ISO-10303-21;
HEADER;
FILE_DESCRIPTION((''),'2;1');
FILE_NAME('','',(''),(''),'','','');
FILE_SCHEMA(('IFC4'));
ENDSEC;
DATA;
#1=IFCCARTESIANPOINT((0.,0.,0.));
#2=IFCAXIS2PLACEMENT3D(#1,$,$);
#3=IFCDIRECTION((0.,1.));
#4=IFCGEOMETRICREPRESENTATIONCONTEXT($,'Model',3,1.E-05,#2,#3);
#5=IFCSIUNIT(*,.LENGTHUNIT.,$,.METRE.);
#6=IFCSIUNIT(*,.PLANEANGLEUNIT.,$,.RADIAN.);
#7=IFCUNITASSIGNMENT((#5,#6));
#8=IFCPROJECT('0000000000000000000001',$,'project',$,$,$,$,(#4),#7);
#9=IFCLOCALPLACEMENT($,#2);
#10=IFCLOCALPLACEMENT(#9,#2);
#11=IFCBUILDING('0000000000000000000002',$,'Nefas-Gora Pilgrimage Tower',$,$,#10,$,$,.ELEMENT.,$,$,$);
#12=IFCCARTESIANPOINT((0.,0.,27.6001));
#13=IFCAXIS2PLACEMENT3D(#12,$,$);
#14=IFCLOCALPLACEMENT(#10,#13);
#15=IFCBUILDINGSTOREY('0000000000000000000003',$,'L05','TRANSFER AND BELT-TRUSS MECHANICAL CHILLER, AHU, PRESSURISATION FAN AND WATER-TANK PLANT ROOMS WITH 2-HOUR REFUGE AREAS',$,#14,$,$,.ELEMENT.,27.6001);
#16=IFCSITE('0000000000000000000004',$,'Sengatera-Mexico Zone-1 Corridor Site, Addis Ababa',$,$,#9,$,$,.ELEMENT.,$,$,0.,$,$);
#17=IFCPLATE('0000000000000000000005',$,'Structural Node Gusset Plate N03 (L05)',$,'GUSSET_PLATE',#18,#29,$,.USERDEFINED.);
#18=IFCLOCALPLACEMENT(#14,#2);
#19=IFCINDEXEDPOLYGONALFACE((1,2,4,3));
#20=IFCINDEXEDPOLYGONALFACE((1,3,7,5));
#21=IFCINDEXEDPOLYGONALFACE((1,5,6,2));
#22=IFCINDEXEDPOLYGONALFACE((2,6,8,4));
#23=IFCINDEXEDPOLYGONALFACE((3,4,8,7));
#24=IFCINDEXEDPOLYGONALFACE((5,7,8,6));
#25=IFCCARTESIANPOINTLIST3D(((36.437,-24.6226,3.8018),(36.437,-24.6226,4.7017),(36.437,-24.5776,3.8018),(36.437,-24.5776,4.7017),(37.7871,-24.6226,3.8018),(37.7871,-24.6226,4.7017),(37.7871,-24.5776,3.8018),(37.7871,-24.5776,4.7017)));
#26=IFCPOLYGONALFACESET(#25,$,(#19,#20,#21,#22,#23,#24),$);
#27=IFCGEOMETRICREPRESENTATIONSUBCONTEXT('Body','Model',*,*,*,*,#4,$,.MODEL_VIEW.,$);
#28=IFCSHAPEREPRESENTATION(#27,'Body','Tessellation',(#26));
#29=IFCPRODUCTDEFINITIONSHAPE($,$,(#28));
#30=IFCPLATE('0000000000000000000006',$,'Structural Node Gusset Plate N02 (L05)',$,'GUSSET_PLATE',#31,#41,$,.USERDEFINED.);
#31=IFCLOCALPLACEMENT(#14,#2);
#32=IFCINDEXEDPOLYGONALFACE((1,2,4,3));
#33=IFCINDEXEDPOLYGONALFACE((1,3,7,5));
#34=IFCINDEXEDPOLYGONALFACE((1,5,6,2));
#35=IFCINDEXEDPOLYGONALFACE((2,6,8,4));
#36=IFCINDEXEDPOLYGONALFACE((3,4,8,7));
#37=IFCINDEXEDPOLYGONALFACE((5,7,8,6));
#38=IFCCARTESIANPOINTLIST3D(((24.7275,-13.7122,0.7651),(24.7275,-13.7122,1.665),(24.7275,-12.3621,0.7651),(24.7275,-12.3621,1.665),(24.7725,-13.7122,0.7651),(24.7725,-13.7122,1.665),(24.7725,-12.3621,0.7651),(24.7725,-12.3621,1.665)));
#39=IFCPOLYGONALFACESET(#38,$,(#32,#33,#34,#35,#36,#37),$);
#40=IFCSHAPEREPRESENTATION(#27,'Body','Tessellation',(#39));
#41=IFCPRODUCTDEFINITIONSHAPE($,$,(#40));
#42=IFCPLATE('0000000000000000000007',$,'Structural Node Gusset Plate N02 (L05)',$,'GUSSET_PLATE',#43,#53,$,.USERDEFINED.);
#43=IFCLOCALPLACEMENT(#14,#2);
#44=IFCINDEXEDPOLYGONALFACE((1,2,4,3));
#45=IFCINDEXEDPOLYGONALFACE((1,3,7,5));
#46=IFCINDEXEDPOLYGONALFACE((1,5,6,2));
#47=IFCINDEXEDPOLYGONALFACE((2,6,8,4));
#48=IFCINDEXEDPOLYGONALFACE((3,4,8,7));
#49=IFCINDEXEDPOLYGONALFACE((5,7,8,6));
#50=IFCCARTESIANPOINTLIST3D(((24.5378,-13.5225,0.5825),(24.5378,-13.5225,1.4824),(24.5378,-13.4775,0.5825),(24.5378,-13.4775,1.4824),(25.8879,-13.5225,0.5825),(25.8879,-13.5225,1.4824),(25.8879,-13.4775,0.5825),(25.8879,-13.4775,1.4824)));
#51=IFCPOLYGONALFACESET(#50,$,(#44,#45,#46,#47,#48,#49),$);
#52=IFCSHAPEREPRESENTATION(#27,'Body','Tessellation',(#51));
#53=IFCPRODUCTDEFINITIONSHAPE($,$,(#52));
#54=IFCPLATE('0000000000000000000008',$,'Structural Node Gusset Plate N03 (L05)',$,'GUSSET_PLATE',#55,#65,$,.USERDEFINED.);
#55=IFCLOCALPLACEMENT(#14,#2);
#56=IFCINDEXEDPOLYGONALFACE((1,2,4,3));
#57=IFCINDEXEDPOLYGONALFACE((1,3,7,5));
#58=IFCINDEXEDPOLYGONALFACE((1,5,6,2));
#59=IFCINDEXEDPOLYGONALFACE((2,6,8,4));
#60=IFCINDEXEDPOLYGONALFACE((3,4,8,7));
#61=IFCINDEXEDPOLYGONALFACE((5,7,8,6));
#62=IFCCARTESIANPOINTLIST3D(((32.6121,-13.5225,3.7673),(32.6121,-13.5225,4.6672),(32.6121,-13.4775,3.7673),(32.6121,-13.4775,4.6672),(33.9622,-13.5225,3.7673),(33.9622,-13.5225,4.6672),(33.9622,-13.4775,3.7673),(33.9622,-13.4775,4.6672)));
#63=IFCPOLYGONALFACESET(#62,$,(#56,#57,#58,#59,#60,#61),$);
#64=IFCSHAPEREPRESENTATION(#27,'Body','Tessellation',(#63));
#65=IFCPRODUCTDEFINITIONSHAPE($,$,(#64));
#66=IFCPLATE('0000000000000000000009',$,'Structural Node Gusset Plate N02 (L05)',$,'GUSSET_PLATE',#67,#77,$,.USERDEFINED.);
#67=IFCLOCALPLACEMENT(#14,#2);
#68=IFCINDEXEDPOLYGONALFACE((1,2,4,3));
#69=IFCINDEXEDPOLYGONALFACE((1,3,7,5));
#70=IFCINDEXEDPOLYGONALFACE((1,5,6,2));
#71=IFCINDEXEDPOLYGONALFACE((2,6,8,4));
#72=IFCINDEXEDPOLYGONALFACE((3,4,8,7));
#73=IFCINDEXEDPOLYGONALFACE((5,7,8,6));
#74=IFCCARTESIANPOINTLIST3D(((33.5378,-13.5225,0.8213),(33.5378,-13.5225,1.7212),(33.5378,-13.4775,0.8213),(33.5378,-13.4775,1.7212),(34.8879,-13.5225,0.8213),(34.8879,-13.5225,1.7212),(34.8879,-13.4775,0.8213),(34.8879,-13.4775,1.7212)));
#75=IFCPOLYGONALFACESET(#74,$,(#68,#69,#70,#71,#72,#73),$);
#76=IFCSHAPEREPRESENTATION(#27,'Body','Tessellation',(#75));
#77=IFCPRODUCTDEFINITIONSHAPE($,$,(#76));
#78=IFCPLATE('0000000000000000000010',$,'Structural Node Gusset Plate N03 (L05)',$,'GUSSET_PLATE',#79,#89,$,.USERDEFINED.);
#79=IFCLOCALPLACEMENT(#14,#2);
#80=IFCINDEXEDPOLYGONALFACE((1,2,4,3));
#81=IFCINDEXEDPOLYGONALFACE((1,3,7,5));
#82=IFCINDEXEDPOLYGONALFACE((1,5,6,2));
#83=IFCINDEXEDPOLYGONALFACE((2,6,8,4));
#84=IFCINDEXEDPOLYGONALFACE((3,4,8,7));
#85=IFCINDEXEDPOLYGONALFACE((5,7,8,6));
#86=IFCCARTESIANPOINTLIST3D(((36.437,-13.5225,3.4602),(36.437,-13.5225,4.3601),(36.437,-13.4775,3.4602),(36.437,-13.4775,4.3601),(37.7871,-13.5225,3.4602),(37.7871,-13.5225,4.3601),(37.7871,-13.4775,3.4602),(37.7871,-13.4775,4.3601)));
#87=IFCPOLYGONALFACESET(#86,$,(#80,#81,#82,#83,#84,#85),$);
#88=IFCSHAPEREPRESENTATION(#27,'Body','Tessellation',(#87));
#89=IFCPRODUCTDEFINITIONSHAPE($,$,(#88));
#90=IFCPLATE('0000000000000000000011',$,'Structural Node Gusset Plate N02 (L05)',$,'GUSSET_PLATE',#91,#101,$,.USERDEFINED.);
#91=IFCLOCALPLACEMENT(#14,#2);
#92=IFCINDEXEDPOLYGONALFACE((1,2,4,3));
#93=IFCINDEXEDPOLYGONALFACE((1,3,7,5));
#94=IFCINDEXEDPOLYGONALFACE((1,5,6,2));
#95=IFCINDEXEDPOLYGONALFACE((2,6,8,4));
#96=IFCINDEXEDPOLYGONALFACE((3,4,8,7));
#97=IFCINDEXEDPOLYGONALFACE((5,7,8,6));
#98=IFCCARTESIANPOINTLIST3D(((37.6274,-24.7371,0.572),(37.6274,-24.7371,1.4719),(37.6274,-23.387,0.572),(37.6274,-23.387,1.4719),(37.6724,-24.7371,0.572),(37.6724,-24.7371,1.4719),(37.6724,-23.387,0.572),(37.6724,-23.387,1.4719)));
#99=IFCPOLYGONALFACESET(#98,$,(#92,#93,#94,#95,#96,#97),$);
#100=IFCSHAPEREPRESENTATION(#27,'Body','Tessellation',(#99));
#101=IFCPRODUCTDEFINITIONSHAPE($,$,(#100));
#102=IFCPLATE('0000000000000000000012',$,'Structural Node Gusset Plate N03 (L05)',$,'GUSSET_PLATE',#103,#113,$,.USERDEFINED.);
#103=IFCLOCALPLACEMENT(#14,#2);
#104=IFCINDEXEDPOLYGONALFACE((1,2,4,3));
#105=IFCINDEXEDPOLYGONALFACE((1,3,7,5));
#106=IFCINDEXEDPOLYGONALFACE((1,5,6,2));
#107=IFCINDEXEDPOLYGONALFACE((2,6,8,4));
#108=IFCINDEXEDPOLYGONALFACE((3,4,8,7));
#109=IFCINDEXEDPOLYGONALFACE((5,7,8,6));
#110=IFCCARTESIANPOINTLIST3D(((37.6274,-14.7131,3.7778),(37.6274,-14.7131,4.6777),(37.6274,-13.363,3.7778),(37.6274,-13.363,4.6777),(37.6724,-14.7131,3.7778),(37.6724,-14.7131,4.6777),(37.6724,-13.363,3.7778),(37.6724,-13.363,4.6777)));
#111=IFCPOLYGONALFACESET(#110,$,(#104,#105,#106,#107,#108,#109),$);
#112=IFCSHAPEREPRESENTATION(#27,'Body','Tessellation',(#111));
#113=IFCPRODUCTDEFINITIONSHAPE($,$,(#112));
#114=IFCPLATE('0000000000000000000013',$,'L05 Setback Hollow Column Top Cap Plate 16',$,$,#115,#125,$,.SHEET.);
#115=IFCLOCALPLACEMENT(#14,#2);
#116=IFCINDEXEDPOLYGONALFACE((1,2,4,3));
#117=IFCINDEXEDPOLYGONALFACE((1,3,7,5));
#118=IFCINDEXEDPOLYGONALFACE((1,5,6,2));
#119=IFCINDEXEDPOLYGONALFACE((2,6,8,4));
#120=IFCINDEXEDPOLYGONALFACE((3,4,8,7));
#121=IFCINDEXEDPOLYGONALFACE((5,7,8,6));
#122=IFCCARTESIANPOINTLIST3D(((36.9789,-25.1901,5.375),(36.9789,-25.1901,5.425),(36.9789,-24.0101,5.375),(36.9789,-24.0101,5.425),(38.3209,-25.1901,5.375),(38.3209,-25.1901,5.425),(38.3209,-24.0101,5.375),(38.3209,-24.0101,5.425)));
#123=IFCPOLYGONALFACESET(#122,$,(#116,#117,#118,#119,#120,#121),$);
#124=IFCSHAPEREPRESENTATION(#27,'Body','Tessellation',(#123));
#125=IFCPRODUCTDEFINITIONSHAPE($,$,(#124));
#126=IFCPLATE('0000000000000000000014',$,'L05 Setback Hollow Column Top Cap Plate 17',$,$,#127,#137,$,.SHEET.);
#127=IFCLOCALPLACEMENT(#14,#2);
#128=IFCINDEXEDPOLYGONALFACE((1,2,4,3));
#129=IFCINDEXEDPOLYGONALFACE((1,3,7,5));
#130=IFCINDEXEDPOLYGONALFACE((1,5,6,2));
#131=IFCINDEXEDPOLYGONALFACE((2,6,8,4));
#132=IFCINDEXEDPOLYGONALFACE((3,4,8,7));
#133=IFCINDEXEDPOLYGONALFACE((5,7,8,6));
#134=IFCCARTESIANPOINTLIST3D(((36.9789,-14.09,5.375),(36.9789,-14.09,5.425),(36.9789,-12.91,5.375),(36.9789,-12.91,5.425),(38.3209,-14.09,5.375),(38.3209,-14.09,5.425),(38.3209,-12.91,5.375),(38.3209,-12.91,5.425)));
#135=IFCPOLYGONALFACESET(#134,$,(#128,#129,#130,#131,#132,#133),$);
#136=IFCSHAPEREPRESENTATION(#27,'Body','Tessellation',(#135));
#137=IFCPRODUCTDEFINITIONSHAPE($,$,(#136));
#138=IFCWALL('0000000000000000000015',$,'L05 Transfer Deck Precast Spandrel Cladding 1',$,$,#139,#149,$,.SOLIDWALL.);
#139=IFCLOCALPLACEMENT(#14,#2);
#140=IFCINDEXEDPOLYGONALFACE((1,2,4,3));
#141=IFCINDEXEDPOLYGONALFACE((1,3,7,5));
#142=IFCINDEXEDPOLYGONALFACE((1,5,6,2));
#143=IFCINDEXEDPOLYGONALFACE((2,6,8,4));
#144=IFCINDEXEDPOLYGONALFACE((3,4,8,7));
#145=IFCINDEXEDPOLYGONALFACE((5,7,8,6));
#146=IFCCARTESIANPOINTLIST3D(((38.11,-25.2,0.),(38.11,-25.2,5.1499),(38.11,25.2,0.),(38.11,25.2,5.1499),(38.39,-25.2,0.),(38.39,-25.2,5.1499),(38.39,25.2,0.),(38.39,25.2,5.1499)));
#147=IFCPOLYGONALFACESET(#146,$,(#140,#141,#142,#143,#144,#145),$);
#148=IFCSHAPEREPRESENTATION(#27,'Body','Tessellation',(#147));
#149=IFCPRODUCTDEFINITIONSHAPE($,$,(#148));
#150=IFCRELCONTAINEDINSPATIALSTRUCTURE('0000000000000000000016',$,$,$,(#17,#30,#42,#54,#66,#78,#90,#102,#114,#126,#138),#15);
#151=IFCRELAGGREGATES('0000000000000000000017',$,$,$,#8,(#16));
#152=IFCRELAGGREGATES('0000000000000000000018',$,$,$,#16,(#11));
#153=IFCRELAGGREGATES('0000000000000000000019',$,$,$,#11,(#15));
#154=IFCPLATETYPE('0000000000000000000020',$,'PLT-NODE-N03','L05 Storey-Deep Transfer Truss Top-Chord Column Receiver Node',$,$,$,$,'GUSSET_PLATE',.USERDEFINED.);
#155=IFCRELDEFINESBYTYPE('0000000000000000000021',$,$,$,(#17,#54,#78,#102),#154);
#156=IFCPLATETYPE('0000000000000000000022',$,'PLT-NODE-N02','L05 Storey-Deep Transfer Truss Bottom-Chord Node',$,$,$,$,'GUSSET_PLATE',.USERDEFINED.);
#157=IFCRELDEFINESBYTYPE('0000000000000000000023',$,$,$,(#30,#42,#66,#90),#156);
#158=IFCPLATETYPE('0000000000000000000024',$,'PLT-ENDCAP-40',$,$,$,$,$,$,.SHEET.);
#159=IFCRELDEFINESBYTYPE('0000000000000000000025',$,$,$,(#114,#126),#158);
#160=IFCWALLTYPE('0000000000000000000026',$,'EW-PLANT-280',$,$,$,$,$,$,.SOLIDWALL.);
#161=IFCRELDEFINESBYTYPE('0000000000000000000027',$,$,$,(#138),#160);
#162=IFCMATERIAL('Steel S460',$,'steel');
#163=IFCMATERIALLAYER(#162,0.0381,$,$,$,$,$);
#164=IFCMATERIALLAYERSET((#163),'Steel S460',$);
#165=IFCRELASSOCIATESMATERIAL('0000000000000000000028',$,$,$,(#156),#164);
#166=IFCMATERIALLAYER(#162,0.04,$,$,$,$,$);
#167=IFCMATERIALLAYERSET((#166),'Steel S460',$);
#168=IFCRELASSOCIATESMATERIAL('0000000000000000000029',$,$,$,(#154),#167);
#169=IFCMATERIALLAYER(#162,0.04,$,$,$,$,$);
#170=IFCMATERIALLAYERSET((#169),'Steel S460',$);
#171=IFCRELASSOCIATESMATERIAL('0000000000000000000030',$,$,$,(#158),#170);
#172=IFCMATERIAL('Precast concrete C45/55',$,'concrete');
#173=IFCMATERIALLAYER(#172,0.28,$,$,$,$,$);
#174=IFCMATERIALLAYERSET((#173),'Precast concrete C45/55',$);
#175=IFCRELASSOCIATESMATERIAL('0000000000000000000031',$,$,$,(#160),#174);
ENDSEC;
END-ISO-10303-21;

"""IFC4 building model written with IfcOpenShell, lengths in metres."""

from ifc_helpers import new_model, si_unit, direction, frame, frame_2d, origin, origin_2d, place, context, subcontext, project, spatial, rectangle, extrude, source, transform, mapped, material, layer, layer_set, type_object, element, save


model = new_model("IFC4")

# Units and contexts
model_context = context("Model", 3, precision=1e-05, world=origin(), true_north=direction((0.0, 1.0)))
body_context = subcontext(model_context, "Body", "Model", "MODEL_VIEW")
ifc_project = project(units=[si_unit("LENGTHUNIT", "METRE"), si_unit("PLANEANGLEUNIT", "RADIAN")], contexts=[model_context])

# Site, building, storey
site_placement = place(None, origin())
site = spatial("IfcSite", under=ifc_project, at=site_placement, Name="Sengatera-Mexico Zone-1 Corridor Site, Addis Ababa", CompositionType="ELEMENT", RefElevation=0.0)
building_placement = place(site_placement, origin())
building = spatial("IfcBuilding", under=site, at=building_placement, Name="Nefas-Gora Pilgrimage Tower", CompositionType="ELEMENT")
storey_placement = place(building_placement, frame((0.0, 0.0, 27.6001)))
storey = spatial("IfcBuildingStorey", under=building, at=storey_placement, Name="L05", Description="TRANSFER AND BELT-TRUSS MECHANICAL CHILLER, AHU, PRESSURISATION FAN AND WATER-TANK PLANT ROOMS WITH 2-HOUR REFUGE AREAS", CompositionType="ELEMENT", Elevation=27.6001)

# Shared definitions
ifc_material_1 = material(Name="Steel S460", Category="steel")

# Plates
ifc_layer_1 = layer(ifc_material_1, 0.0381)
ifc_layer_set_1 = layer_set([ifc_layer_1], Name="Steel S460")
plate_type_1 = type_object("IfcPlateType", Name="PLT-NODE-N02", Description="L05 Storey-Deep Transfer Truss Bottom-Chord Node", ElementType="GUSSET_PLATE", PredefinedType="USERDEFINED", material=ifc_layer_set_1)
shared_shape_1 = source(origin(), body_context, "Body", "SweptSolid", [
    extrude(rectangle(XDim=1.3501, YDim=0.0449, at=origin_2d()), origin(), (0.0, 0.0, 1.0), 0.8999),
])
ifc_layer_2 = layer(ifc_material_1, 0.04)
ifc_layer_set_2 = layer_set([ifc_layer_2], Name="Steel S460")
plate_type_2 = type_object("IfcPlateType", Name="PLT-NODE-N03", Description="L05 Storey-Deep Transfer Truss Top-Chord Column Receiver Node", ElementType="GUSSET_PLATE", PredefinedType="USERDEFINED", material=ifc_layer_set_2)
plate_1_placement = place(storey_placement, frame((37.1121, -24.6001, 3.8018), z_axis=(0.0, 0.0, 1.0), x_axis=(1.0, 0.0, 0.0)))
element("IfcPlate", 1, at=plate_1_placement, inside=storey, type_object=plate_type_2, Name="Structural Node Gusset Plate N03 (L05)", ObjectType="GUSSET_PLATE", PredefinedType="USERDEFINED", context=body_context, shape_type="MappedRepresentation", body=[
    mapped(shared_shape_1, transform((0.0, 0.0, 0.0), x_axis=(1.0, 0.0, 0.0), y_axis=(0.0, 1.0, 0.0), z_axis=(0.0, 0.0, 1.0), scale=1.0)),
])
for number, where, z_axis, x_axis, name in (
    (2, (24.75, -13.0371, 0.7651), (0.0, 0.0, 1.0), (0.0, 1.0, 0.0), "Structural Node Gusset Plate N02 (L05)"),
    (3, (25.2129, -13.5, 0.5825), (0.0, 0.0, 1.0), (1.0, 0.0, 0.0), "Structural Node Gusset Plate N02 (L05)"),
):
    element("IfcPlate", number, at=place(storey_placement, frame(where, z_axis=z_axis, x_axis=x_axis)), inside=storey, type_object=plate_type_1, Name=name, ObjectType="GUSSET_PLATE", PredefinedType="USERDEFINED", context=body_context, shape_type="MappedRepresentation", body=[
        mapped(shared_shape_1, transform((0.0, 0.0, 0.0), x_axis=(1.0, 0.0, 0.0), y_axis=(0.0, 1.0, 0.0), z_axis=(0.0, 0.0, 1.0), scale=1.0)),
    ])
plate_2_placement = place(storey_placement, frame((33.2871, -13.5, 3.7673), z_axis=(0.0, 0.0, 1.0), x_axis=(1.0, 0.0, 0.0)))
element("IfcPlate", 4, at=plate_2_placement, inside=storey, type_object=plate_type_2, Name="Structural Node Gusset Plate N03 (L05)", ObjectType="GUSSET_PLATE", PredefinedType="USERDEFINED", context=body_context, shape_type="MappedRepresentation", body=[
    mapped(shared_shape_1, transform((0.0, 0.0, 0.0), x_axis=(1.0, 0.0, 0.0), y_axis=(0.0, 1.0, 0.0), z_axis=(0.0, 0.0, 1.0), scale=1.0)),
])
plate_3_placement = place(storey_placement, frame((34.2129, -13.5, 0.8213), z_axis=(0.0, 0.0, 1.0), x_axis=(1.0, 0.0, 0.0)))
element("IfcPlate", 5, at=plate_3_placement, inside=storey, type_object=plate_type_1, Name="Structural Node Gusset Plate N02 (L05)", ObjectType="GUSSET_PLATE", PredefinedType="USERDEFINED", context=body_context, shape_type="MappedRepresentation", body=[
    mapped(shared_shape_1, transform((0.0, 0.0, 0.0), x_axis=(1.0, 0.0, 0.0), y_axis=(0.0, 1.0, 0.0), z_axis=(0.0, 0.0, 1.0), scale=1.0)),
])
plate_4_placement = place(storey_placement, frame((37.1121, -13.5, 3.4602), z_axis=(0.0, 0.0, 1.0), x_axis=(1.0, 0.0, 0.0)))
element("IfcPlate", 6, at=plate_4_placement, inside=storey, type_object=plate_type_2, Name="Structural Node Gusset Plate N03 (L05)", ObjectType="GUSSET_PLATE", PredefinedType="USERDEFINED", context=body_context, shape_type="MappedRepresentation", body=[
    mapped(shared_shape_1, transform((0.0, 0.0, 0.0), x_axis=(1.0, 0.0, 0.0), y_axis=(0.0, 1.0, 0.0), z_axis=(0.0, 0.0, 1.0), scale=1.0)),
])
plate_5_placement = place(storey_placement, frame((37.6499, -24.062, 0.572), z_axis=(0.0, 0.0, 1.0), x_axis=(0.0, 1.0, 0.0)))
element("IfcPlate", 7, at=plate_5_placement, inside=storey, type_object=plate_type_1, Name="Structural Node Gusset Plate N02 (L05)", ObjectType="GUSSET_PLATE", PredefinedType="USERDEFINED", context=body_context, shape_type="MappedRepresentation", body=[
    mapped(shared_shape_1, transform((0.0, 0.0, 0.0), x_axis=(1.0, 0.0, 0.0), y_axis=(0.0, 1.0, 0.0), z_axis=(0.0, 0.0, 1.0), scale=1.0)),
])
plate_6_placement = place(storey_placement, frame((37.6499, -14.0381, 3.7778), z_axis=(0.0, 0.0, 1.0), x_axis=(0.0, 1.0, 0.0)))
element("IfcPlate", 8, at=plate_6_placement, inside=storey, type_object=plate_type_2, Name="Structural Node Gusset Plate N03 (L05)", ObjectType="GUSSET_PLATE", PredefinedType="USERDEFINED", context=body_context, shape_type="MappedRepresentation", body=[
    mapped(shared_shape_1, transform((0.0, 0.0, 0.0), x_axis=(1.0, 0.0, 0.0), y_axis=(0.0, 1.0, 0.0), z_axis=(0.0, 0.0, 1.0), scale=1.0)),
])
ifc_layer_3 = layer(ifc_material_1, 0.04)
ifc_layer_set_3 = layer_set([ifc_layer_3], Name="Steel S460")
plate_type_3 = type_object("IfcPlateType", Name="PLT-ENDCAP-40", PredefinedType="SHEET", material=ifc_layer_set_3)
shared_shape_2 = source(origin(), body_context, "Body", "SweptSolid", [
    extrude(rectangle(XDim=1.342, YDim=1.1799, at=origin_2d()), origin(), (0.0, 0.0, 1.0), 0.05),
])
for number, where, z_axis, x_axis, name in (
    (9, (37.6499, -24.6001, 5.375), (0.0, 0.0, 1.0), (1.0, 0.0, 0.0), "L05 Setback Hollow Column Top Cap Plate 16"),
    (10, (37.6499, -13.5, 5.375), (0.0, 0.0, 1.0), (1.0, 0.0, 0.0), "L05 Setback Hollow Column Top Cap Plate 17"),
):
    element("IfcPlate", number, at=place(storey_placement, frame(where, z_axis=z_axis, x_axis=x_axis)), inside=storey, type_object=plate_type_3, Name=name, PredefinedType="SHEET", context=body_context, shape_type="MappedRepresentation", body=[
        mapped(shared_shape_2, transform((0.0, 0.0, 0.0), x_axis=(1.0, 0.0, 0.0), y_axis=(0.0, 1.0, 0.0), z_axis=(0.0, 0.0, 1.0), scale=1.0)),
    ])

# Wall
ifc_material_2 = material(Name="Precast concrete C45/55", Category="concrete")
ifc_layer_4 = layer(ifc_material_2, 0.28)
ifc_layer_set_4 = layer_set([ifc_layer_4], Name="Precast concrete C45/55")
wall_type = type_object("IfcWallType", Name="EW-PLANT-280", PredefinedType="SOLIDWALL", material=ifc_layer_set_4)
shared_shape_3 = source(origin(), body_context, "Body", "SweptSolid", [
    extrude(rectangle(XDim=50.3999, YDim=0.28, at=frame_2d((25.2, 0.0))), origin(), (0.0, 0.0, 1.0), 5.1499),
])
wall_placement = place(storey_placement, frame((38.25, -25.2, 0.0), z_axis=(0.0, 0.0, 1.0), x_axis=(0.0, 1.0, 0.0)))
element("IfcWall", 11, at=wall_placement, inside=storey, type_object=wall_type, Name="L05 Transfer Deck Precast Spandrel Cladding 1", PredefinedType="SOLIDWALL", context=body_context, shape_type="MappedRepresentation", body=[
    mapped(shared_shape_3, transform((0.0, 0.0, 0.0), x_axis=(1.0, 0.0, 0.0), y_axis=(0.0, 1.0, 0.0), z_axis=(0.0, 0.0, 1.0), scale=1.0)),
])

save(model, "model.ifc")
